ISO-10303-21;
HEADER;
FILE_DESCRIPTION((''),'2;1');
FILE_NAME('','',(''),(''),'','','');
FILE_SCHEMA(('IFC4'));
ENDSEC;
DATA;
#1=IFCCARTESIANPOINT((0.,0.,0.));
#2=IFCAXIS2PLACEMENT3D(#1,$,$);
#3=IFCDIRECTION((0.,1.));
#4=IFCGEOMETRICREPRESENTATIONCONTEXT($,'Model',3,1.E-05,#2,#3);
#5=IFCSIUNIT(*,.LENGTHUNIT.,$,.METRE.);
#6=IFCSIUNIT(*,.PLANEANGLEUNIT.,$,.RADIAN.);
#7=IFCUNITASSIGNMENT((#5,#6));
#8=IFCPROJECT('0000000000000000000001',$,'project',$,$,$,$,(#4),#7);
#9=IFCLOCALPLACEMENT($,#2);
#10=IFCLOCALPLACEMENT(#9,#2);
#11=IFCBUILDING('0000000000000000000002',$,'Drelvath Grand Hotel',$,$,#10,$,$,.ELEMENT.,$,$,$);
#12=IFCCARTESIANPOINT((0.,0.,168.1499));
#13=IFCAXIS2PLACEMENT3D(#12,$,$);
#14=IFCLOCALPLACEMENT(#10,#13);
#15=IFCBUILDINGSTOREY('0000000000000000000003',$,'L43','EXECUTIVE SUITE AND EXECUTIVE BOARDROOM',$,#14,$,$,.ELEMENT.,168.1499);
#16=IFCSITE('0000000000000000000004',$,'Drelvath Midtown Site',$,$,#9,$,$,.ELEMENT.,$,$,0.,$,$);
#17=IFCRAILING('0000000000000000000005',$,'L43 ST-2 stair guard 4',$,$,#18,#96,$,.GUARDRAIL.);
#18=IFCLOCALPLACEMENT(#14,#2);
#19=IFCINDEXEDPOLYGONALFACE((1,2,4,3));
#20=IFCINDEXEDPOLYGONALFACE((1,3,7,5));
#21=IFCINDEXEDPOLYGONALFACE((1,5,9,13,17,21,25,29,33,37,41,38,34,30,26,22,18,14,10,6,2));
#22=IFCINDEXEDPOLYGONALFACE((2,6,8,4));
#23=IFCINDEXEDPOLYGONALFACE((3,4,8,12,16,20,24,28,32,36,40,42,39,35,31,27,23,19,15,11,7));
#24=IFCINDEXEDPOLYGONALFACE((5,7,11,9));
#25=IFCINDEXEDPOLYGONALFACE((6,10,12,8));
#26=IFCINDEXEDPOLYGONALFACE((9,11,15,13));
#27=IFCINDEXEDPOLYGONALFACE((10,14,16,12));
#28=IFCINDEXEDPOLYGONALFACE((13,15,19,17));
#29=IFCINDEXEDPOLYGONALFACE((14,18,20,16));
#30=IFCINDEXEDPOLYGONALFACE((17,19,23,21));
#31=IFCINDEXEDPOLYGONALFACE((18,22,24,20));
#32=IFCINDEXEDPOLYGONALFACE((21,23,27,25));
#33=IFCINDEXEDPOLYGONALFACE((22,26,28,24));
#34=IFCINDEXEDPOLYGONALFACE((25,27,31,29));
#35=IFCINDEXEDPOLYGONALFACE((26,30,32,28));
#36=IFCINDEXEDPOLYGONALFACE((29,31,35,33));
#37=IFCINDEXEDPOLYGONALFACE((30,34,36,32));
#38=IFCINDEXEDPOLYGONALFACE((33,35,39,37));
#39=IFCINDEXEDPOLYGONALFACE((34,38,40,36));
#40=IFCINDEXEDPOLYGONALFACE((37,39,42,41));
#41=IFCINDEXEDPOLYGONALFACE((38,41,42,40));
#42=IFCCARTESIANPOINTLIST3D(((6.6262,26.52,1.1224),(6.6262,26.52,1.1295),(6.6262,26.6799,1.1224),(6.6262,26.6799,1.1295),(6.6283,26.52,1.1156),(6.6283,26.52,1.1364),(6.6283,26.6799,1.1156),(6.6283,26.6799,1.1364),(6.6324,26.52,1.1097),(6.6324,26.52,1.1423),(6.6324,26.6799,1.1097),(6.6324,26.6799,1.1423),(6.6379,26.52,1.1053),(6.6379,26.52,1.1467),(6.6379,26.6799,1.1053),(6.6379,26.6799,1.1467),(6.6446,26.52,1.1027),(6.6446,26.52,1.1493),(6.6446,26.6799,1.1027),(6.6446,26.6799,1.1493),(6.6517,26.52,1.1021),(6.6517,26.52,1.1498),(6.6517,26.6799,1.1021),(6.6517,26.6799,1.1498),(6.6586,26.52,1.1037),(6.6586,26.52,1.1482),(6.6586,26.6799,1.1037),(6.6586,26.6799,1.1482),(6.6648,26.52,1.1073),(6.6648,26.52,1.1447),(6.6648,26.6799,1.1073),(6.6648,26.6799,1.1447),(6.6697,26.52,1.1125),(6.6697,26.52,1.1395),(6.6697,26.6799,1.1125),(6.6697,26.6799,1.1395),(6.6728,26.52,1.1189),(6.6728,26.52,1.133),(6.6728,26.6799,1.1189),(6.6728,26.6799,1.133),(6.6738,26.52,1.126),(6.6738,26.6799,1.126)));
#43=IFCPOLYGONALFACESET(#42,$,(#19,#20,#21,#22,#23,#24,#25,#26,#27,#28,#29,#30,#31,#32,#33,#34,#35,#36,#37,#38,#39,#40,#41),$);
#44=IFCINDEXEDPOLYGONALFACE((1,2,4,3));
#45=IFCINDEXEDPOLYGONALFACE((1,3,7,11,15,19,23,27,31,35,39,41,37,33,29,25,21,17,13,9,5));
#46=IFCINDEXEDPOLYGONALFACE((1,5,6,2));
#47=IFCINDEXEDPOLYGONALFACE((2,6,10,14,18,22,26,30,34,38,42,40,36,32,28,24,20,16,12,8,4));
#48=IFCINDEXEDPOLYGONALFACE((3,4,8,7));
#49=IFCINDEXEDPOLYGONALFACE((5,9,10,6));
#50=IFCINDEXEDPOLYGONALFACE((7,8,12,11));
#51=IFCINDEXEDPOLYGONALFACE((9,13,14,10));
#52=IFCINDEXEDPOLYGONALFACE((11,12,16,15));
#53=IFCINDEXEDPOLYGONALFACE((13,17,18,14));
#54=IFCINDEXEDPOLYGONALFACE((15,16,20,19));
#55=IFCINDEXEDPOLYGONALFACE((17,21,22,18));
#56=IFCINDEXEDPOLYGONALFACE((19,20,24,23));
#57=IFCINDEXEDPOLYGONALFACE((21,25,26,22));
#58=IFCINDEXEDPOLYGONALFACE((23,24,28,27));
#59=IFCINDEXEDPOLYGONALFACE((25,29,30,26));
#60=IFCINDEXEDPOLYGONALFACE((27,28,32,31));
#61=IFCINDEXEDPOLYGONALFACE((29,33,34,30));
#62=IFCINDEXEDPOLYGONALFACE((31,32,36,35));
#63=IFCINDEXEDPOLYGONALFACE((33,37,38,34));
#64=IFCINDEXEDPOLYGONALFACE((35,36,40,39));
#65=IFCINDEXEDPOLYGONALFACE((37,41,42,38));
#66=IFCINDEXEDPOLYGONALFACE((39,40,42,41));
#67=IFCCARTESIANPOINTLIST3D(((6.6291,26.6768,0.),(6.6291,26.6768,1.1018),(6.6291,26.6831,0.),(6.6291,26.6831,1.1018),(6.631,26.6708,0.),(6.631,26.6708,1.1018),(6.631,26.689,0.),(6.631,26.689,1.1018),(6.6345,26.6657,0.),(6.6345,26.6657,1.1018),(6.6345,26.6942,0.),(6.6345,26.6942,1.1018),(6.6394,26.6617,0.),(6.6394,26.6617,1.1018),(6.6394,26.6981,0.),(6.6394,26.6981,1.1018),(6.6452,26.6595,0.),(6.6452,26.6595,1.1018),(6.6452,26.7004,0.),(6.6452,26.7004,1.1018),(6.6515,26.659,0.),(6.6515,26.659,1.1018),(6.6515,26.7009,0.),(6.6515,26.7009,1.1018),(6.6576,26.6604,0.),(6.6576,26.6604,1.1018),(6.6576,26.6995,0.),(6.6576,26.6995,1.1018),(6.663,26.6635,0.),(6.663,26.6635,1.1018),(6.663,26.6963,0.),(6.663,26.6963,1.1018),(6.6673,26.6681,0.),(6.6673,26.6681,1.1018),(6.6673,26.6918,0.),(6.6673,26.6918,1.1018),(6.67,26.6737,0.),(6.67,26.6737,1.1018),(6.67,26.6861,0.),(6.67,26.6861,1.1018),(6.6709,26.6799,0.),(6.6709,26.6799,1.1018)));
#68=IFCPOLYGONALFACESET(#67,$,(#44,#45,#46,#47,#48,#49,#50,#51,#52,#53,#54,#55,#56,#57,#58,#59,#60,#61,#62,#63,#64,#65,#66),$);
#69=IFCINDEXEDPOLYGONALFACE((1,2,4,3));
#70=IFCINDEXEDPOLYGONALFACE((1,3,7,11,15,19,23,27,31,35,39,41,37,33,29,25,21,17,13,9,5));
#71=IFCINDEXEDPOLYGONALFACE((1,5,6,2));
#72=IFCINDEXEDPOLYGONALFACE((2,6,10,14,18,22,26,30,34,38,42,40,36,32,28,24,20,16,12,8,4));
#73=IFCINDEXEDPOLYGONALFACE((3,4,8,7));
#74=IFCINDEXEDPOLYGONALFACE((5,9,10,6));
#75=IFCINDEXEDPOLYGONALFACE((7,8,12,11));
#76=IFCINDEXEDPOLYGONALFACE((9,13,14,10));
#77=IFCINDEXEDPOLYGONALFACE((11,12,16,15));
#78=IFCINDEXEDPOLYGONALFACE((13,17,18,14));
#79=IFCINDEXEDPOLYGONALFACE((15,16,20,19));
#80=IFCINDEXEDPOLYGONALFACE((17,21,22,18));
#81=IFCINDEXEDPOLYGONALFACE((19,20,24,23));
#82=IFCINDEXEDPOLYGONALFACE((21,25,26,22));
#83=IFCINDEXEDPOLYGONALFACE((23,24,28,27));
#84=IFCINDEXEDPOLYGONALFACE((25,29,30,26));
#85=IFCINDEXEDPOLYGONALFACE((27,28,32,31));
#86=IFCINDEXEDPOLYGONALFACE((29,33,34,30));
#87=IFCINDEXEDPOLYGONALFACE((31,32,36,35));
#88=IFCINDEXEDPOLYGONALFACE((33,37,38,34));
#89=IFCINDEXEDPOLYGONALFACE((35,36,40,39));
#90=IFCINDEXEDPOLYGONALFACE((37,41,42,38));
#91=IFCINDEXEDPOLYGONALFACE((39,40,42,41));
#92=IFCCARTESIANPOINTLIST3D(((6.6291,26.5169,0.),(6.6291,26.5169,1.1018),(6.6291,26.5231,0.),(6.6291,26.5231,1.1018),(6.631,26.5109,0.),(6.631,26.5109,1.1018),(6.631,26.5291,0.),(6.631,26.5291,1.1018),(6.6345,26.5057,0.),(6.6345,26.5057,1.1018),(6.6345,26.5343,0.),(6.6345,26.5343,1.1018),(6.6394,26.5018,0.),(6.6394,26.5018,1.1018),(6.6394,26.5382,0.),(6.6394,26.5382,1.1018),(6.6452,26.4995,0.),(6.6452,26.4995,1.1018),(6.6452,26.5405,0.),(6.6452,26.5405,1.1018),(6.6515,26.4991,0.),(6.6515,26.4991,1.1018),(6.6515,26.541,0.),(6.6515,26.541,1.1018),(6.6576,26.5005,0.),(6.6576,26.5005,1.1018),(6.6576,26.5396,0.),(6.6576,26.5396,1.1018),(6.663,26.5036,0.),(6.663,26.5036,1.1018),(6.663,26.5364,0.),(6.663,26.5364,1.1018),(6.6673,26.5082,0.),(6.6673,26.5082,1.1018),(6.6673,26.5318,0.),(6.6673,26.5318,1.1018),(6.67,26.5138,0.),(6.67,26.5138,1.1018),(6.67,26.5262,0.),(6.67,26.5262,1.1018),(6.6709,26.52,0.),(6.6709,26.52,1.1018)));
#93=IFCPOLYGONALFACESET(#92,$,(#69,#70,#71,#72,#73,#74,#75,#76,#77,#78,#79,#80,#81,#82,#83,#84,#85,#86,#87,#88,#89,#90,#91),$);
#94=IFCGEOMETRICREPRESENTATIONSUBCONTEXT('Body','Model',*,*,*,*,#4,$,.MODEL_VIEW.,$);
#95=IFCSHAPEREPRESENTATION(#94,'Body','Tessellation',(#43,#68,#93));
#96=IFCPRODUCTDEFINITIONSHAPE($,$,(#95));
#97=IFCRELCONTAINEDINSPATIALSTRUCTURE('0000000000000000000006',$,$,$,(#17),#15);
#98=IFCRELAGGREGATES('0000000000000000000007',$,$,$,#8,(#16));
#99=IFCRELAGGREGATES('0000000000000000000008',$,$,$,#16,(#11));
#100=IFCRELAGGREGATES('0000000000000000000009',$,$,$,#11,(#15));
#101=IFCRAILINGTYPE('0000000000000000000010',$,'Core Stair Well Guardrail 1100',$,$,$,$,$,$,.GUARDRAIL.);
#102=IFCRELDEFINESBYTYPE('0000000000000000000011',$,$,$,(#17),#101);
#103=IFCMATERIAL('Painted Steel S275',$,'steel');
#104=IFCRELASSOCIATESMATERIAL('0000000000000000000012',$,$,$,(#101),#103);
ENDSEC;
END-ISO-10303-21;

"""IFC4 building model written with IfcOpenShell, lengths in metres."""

from ifc_helpers import new_model, si_unit, direction, frame, origin, origin_2d, place, context, subcontext, project, spatial, circle, extrude, material, type_object, element, save


model = new_model("IFC4")

# Units and contexts
model_context = context("Model", 3, precision=1e-05, world=origin(), true_north=direction((0.0, 1.0)))
body_context = subcontext(model_context, "Body", "Model", "MODEL_VIEW")
ifc_project = project(units=[si_unit("LENGTHUNIT", "METRE"), si_unit("PLANEANGLEUNIT", "RADIAN")], contexts=[model_context])

# Site, building, storey
site_placement = place(None, origin())
site = spatial("IfcSite", under=ifc_project, at=site_placement, Name="Drelvath Midtown Site", CompositionType="ELEMENT", RefElevation=0.0)
building_placement = place(site_placement, origin())
building = spatial("IfcBuilding", under=site, at=building_placement, Name="Drelvath Grand Hotel", CompositionType="ELEMENT")
storey_placement = place(building_placement, frame((0.0, 0.0, 168.1499)))
storey = spatial("IfcBuildingStorey", under=building, at=storey_placement, Name="L43", Description="EXECUTIVE SUITE AND EXECUTIVE BOARDROOM", CompositionType="ELEMENT", Elevation=168.1499)

# Railing
ifc_material_1 = material(Name="Painted Steel S275", Category="steel")
railing_type_1 = type_object("IfcRailingType", Name="Core Stair Well Guardrail 1100", PredefinedType="GUARDRAIL", material=ifc_material_1)
railing_1_placement = place(storey_placement, frame((6.6499, 26.6799, 0.0)))
element("IfcRailing", 1, at=railing_1_placement, inside=storey, type_object=railing_type_1, Name="L43 ST-2 stair guard 4", PredefinedType="GUARDRAIL", context=body_context, shape_type="SweptSolid", body=[
    extrude(circle(Radius=0.0239, at=origin_2d()), frame((0.0, 0.0, 1.126), z_axis=(0.0, -1.0, 0.0), x_axis=(1.0, 0.0, 0.0)), (0.0, 0.0, 1.0), 0.1599),
    extrude(circle(Radius=0.021, at=origin_2d()), origin(), (0.0, 0.0, 1.0), 1.1018),
    extrude(circle(Radius=0.021, at=origin_2d()), frame((0.0, -0.1599, 0.0)), (0.0, 0.0, 1.0), 1.1018),
])

save(model, "model.ifc")
